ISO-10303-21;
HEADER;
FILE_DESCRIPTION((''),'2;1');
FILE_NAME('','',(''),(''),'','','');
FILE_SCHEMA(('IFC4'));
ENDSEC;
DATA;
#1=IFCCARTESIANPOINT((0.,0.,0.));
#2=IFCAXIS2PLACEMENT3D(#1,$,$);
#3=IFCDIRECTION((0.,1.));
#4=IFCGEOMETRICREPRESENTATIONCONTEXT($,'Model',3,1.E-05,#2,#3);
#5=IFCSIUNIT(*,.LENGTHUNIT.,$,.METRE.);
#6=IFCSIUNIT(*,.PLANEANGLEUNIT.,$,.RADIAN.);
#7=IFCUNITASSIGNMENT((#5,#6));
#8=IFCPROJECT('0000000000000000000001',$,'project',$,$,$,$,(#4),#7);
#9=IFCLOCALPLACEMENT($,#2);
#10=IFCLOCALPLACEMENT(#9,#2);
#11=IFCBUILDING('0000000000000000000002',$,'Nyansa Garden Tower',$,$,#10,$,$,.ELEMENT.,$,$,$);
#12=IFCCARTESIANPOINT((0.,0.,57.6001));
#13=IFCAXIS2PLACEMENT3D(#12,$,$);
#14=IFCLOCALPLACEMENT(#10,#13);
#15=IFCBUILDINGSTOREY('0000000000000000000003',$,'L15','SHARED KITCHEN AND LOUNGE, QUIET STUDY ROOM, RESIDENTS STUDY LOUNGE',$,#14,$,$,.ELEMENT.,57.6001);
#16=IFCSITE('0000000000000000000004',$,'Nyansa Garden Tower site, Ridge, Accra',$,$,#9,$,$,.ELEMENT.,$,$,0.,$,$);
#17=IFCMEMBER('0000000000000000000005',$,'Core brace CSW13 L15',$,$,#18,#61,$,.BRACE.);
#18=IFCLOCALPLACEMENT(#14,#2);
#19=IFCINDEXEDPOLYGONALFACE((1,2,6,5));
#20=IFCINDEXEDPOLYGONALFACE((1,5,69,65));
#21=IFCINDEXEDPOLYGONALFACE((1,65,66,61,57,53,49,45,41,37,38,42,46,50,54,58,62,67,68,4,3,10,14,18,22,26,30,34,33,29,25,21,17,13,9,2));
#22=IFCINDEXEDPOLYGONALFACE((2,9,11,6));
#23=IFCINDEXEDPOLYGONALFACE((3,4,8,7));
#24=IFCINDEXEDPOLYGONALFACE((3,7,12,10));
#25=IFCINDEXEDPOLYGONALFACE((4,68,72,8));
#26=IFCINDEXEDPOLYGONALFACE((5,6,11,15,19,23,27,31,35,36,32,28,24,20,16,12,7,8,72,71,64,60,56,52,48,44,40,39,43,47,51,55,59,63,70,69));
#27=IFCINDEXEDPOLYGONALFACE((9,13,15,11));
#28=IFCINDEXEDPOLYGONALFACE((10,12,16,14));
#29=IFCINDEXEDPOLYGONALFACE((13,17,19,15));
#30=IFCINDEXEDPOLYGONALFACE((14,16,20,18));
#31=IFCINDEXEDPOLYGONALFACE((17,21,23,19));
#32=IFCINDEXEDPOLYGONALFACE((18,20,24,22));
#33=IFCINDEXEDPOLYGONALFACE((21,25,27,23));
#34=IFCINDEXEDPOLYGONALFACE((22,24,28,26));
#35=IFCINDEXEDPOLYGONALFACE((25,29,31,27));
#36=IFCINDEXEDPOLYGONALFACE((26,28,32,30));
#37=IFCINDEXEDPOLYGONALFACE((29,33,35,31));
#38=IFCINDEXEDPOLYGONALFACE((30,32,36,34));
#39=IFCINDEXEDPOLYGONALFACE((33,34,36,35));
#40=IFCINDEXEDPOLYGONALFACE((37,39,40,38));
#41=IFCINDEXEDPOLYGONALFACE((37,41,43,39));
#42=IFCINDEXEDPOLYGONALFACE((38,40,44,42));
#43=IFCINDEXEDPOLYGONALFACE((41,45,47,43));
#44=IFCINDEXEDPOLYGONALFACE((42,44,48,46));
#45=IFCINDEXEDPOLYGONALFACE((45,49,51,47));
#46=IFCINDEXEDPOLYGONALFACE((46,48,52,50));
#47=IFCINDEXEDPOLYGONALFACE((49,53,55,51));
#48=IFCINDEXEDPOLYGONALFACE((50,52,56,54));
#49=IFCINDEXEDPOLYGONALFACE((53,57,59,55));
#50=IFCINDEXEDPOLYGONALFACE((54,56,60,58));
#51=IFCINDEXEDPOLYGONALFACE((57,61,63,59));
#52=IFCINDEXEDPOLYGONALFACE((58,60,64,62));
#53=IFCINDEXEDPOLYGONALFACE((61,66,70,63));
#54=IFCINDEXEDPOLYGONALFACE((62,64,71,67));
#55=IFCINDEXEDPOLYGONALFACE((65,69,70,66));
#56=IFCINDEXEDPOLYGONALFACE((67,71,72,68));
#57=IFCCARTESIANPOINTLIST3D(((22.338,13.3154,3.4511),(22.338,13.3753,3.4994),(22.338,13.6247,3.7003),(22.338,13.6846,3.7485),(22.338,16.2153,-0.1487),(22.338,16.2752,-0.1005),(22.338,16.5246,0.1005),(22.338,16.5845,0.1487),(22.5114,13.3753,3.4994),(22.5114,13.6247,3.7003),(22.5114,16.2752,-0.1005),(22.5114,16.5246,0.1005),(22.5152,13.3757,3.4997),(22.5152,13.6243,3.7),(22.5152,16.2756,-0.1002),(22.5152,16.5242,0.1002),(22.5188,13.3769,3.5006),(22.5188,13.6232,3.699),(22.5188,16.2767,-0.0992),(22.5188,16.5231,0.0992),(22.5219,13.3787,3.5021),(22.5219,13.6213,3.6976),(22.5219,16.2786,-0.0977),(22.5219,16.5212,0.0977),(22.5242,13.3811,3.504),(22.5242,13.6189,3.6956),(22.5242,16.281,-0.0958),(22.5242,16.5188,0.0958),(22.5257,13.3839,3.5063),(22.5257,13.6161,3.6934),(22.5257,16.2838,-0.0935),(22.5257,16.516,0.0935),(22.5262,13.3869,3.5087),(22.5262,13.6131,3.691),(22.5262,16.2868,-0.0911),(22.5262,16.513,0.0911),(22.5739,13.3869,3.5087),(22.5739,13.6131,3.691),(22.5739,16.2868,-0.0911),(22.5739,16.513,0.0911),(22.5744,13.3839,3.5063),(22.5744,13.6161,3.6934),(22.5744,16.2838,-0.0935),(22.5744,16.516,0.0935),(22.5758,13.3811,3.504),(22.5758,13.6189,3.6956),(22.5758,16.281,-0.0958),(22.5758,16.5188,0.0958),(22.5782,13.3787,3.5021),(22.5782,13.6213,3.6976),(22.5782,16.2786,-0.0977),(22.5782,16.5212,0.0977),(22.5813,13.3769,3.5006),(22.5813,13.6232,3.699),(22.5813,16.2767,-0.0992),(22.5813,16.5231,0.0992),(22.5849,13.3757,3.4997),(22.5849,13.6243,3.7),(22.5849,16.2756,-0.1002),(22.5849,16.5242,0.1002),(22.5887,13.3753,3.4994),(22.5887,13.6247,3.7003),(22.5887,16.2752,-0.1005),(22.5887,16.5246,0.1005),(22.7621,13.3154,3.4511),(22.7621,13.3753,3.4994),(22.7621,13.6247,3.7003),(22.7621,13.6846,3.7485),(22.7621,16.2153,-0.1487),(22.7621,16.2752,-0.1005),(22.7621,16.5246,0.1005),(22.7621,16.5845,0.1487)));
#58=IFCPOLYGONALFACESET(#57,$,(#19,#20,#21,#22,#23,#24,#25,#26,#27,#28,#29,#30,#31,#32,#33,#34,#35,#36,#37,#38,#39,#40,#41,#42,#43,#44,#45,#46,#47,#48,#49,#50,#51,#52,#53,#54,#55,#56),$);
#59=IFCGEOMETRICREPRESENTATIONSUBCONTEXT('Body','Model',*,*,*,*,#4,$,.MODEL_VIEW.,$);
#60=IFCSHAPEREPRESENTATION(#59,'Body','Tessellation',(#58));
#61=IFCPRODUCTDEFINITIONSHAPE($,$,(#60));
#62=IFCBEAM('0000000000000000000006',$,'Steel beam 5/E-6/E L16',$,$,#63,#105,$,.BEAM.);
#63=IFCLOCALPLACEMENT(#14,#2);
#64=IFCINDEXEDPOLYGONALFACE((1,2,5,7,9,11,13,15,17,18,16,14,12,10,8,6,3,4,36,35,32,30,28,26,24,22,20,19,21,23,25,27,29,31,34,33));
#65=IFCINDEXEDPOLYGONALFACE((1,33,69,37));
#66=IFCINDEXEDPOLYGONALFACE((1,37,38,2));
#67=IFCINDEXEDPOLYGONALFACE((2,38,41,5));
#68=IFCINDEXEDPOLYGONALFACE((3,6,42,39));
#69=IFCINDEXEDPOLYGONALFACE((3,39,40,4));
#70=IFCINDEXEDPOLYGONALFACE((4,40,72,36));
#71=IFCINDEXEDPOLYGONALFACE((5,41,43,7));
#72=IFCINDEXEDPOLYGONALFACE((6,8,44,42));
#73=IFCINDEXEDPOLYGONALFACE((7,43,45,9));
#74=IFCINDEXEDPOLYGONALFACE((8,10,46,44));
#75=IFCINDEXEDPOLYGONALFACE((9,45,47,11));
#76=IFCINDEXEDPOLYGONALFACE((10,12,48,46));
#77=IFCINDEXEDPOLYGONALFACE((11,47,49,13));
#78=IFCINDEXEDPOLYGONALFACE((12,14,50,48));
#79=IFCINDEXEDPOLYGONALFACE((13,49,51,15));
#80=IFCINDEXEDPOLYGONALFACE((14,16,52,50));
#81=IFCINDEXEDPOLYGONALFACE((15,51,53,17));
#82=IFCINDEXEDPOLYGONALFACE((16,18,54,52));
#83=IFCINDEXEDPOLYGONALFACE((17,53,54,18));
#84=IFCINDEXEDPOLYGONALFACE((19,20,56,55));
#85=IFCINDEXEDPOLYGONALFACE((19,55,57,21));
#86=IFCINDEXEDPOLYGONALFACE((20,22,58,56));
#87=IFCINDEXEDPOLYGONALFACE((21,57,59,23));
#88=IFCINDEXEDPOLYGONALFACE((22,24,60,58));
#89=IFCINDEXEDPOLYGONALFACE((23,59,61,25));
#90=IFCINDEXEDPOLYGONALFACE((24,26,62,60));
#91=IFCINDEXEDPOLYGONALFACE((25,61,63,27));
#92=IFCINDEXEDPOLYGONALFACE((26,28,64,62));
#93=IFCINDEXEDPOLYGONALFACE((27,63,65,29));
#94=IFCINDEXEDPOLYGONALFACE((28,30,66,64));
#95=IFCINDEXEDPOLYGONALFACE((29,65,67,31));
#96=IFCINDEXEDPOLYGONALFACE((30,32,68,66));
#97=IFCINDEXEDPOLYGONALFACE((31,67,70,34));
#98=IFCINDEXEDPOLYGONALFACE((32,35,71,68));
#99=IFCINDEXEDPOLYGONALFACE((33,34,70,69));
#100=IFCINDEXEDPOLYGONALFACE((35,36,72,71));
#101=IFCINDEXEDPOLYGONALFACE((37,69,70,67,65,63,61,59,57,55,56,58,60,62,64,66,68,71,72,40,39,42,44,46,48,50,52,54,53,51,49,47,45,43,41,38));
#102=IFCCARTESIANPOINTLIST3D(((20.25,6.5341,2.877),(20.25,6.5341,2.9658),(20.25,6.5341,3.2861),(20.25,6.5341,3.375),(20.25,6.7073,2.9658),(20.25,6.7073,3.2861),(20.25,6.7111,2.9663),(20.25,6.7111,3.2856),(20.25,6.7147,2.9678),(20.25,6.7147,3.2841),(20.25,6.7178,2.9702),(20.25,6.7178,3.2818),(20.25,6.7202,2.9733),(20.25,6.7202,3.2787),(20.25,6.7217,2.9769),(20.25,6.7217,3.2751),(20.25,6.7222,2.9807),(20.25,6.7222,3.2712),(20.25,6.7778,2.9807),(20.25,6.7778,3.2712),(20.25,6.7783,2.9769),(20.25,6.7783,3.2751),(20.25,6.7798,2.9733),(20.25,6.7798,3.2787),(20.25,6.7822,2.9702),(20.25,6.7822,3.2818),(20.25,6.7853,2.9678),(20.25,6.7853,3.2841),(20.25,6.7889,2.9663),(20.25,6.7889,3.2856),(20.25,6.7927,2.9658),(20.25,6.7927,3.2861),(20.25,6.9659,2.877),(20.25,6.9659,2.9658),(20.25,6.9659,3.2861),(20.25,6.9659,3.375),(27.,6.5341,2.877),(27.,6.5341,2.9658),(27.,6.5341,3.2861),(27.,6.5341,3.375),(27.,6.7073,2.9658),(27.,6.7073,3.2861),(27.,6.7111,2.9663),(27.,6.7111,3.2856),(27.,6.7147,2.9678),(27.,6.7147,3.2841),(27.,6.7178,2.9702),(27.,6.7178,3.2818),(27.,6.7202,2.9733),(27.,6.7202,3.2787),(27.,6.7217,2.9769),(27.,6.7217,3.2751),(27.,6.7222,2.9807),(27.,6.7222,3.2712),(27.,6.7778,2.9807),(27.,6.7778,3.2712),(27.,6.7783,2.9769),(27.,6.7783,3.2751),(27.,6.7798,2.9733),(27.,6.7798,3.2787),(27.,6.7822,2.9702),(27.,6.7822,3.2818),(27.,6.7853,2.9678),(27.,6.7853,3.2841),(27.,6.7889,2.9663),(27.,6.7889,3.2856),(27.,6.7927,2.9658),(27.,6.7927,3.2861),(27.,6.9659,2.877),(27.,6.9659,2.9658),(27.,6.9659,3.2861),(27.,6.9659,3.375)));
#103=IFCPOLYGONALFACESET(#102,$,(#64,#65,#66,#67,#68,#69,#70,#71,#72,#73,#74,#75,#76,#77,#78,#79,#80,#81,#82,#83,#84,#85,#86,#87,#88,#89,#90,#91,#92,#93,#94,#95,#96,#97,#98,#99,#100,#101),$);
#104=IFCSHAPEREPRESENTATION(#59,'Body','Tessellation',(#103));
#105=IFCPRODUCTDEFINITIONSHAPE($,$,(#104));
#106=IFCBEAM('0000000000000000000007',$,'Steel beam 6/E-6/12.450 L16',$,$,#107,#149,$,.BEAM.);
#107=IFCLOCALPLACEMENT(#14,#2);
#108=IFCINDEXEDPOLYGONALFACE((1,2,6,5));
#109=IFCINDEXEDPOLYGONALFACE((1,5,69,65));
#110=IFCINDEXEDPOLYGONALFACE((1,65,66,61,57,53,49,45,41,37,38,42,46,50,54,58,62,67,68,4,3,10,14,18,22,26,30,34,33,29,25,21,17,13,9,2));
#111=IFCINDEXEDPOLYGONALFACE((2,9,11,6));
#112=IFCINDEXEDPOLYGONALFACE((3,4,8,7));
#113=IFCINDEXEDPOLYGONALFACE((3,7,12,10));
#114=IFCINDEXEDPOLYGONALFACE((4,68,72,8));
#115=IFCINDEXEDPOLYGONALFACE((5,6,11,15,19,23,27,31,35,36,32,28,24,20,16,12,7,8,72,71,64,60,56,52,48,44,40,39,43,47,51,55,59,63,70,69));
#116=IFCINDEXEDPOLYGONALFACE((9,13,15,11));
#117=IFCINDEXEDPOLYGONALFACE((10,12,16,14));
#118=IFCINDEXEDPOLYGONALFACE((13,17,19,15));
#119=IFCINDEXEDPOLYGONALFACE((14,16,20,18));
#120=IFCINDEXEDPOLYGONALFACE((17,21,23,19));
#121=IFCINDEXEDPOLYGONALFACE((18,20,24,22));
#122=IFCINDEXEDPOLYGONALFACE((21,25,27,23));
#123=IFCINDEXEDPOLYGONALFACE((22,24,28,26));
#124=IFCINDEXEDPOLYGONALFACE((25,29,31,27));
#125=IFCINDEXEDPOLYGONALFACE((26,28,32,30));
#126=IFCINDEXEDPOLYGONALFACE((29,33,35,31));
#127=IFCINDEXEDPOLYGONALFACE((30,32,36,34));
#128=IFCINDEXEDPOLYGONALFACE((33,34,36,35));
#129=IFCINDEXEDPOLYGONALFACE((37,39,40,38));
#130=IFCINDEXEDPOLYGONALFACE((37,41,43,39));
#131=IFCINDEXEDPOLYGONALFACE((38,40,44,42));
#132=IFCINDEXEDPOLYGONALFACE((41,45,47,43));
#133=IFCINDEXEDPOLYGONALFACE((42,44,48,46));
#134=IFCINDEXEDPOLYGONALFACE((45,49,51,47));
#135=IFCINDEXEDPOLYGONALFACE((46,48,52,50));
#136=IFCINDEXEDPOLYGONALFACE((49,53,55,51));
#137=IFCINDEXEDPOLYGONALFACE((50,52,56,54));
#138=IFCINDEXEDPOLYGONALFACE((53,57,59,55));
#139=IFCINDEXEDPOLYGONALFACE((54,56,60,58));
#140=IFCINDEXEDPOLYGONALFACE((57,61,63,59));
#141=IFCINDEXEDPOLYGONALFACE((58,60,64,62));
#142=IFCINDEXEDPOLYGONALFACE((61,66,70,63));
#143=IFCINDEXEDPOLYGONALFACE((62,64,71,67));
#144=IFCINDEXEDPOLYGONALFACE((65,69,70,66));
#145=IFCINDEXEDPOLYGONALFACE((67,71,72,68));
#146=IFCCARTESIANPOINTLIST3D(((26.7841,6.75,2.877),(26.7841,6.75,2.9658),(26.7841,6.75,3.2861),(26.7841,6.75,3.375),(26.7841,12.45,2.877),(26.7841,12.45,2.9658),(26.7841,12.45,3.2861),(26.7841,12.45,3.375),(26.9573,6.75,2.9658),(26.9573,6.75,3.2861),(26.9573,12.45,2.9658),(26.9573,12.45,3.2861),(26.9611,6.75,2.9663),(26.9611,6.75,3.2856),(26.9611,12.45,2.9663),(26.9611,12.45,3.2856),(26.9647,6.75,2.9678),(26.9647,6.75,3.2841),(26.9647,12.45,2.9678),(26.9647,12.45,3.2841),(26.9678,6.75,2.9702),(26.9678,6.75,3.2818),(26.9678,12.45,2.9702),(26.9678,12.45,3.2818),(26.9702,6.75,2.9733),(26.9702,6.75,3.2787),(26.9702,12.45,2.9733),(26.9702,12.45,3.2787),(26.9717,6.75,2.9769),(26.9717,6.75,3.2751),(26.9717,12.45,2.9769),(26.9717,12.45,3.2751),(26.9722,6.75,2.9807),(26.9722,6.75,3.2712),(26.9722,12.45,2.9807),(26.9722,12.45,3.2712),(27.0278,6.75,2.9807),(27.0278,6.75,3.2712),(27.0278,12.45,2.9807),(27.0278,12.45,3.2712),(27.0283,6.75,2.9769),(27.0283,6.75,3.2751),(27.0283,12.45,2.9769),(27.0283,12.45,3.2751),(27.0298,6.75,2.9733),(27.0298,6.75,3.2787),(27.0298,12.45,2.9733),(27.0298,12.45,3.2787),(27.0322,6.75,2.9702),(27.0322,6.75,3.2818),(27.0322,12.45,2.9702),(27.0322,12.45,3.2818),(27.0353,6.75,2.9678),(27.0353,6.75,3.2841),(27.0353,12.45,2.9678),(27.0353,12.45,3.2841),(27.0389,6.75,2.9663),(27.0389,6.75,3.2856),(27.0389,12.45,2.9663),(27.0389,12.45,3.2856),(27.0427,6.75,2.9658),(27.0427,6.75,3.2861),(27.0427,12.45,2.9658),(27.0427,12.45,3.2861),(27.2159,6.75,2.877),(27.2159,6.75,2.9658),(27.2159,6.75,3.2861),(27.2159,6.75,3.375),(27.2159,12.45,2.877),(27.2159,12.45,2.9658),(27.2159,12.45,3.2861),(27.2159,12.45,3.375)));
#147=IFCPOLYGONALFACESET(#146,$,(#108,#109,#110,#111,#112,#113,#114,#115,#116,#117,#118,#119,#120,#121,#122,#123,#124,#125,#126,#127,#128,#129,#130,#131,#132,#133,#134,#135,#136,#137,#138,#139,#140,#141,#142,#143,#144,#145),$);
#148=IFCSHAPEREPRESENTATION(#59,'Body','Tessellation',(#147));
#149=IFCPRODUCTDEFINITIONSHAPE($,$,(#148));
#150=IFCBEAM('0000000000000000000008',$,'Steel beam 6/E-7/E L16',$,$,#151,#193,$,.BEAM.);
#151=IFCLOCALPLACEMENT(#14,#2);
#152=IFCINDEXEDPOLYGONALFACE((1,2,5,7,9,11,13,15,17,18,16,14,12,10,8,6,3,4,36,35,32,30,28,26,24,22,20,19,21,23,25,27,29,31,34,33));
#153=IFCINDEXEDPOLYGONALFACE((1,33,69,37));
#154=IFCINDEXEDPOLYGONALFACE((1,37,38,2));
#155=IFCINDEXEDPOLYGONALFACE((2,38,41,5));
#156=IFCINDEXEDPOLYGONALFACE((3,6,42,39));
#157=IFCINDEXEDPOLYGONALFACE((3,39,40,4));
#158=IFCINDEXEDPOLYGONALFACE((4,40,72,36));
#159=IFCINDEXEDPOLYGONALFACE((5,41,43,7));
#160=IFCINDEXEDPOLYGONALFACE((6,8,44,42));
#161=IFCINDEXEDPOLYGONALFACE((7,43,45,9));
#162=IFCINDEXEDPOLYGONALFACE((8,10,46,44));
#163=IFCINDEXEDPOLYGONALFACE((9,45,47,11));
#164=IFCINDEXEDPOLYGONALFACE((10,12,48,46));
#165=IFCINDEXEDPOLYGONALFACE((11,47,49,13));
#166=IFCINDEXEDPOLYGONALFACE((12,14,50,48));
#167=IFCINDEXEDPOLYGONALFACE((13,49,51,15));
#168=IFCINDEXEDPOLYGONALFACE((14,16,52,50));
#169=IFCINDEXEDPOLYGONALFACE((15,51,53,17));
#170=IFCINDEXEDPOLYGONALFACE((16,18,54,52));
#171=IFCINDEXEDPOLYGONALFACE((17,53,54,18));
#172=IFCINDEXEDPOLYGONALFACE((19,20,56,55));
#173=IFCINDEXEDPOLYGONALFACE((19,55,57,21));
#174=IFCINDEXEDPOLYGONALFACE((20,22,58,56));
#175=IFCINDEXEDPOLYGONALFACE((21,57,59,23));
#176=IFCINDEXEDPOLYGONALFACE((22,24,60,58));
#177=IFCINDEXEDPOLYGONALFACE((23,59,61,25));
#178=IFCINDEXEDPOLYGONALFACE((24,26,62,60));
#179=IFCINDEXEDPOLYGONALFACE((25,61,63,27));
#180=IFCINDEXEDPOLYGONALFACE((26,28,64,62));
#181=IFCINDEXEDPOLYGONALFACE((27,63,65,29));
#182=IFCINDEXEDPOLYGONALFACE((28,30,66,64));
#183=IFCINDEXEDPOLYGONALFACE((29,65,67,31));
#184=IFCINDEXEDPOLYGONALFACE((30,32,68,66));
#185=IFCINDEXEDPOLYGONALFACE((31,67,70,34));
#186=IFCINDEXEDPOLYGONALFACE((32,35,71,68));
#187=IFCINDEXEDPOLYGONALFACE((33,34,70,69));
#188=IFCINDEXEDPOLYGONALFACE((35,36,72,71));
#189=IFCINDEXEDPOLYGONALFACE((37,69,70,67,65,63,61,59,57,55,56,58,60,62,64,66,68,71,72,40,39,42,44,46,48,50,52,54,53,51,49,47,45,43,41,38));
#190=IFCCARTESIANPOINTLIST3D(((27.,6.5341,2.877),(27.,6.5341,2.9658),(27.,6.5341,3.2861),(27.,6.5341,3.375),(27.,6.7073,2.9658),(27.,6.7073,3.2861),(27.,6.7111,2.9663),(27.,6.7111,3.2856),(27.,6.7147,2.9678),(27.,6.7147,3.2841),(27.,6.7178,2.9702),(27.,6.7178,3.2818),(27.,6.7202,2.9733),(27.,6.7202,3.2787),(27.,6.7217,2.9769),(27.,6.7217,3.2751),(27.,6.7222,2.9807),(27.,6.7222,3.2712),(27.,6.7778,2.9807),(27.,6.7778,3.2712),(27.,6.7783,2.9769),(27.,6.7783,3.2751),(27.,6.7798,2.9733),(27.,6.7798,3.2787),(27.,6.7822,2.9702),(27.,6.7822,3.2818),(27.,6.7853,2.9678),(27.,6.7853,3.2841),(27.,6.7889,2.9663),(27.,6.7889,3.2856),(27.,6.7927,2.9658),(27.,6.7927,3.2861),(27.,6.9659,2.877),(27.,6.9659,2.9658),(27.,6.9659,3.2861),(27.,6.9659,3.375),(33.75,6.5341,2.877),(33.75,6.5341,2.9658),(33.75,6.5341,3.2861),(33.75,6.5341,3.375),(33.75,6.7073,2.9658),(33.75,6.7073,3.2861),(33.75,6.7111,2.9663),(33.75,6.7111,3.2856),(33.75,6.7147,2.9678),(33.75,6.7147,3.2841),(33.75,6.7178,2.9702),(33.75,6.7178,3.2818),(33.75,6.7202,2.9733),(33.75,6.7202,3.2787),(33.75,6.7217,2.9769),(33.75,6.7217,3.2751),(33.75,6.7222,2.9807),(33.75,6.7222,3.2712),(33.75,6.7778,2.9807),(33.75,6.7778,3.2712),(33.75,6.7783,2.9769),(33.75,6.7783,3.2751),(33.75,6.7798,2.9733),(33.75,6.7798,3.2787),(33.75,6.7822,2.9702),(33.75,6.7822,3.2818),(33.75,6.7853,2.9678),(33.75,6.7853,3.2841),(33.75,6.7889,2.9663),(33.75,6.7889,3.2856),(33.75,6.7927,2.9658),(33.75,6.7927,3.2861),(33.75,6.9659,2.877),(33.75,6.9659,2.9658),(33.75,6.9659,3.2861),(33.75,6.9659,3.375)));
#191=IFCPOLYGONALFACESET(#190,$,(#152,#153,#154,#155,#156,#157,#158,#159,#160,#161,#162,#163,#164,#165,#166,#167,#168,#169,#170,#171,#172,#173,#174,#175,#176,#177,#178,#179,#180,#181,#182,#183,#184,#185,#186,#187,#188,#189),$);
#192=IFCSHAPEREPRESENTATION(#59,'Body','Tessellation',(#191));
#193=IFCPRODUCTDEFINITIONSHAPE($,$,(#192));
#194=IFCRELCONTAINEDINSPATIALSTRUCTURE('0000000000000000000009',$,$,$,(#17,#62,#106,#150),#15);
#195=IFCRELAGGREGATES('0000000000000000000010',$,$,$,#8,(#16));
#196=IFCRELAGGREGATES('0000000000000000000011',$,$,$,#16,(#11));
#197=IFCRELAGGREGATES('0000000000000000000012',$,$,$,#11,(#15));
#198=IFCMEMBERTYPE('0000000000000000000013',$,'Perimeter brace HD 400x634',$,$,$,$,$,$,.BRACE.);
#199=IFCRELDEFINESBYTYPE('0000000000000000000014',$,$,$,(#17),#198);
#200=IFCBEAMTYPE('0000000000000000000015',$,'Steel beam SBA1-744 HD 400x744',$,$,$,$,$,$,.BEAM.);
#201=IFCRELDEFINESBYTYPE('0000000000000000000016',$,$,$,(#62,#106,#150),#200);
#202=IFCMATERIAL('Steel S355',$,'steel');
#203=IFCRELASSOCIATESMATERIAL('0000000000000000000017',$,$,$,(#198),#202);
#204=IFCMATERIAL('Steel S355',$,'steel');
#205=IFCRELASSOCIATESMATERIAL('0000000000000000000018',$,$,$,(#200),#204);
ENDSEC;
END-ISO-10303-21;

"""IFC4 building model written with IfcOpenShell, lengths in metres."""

from ifc_helpers import new_model, si_unit, direction, frame, origin, origin_2d, place, context, subcontext, project, spatial, i_section, extrude, material, material_profile, profile_set, type_object, element, save


model = new_model("IFC4")

# Units and contexts
model_context = context("Model", 3, precision=1e-05, world=origin(), true_north=direction((0.0, 1.0)))
body_context = subcontext(model_context, "Body", "Model", "MODEL_VIEW")
ifc_project = project(units=[si_unit("LENGTHUNIT", "METRE"), si_unit("PLANEANGLEUNIT", "RADIAN")], contexts=[model_context])

# Site, building, storey
site_placement = place(None, origin())
site = spatial("IfcSite", under=ifc_project, at=site_placement, Name="Nyansa Garden Tower site, Ridge, Accra", CompositionType="ELEMENT", RefElevation=0.0)
building_placement = place(site_placement, origin())
building = spatial("IfcBuilding", under=site, at=building_placement, Name="Nyansa Garden Tower", CompositionType="ELEMENT")
storey_placement = place(building_placement, frame((0.0, 0.0, 57.6001)))
storey = spatial("IfcBuildingStorey", under=building, at=storey_placement, Name="L15", Description="SHARED KITCHEN AND LOUNGE, QUIET STUDY ROOM, RESIDENTS STUDY LOUNGE", CompositionType="ELEMENT", Elevation=57.6001)

# Member
ifc_material_1 = material(Name="Steel S355", Category="steel")
ifc_material_profile_1 = material_profile(ifc_material_1, i_section(OverallWidth=0.4241, OverallDepth=0.4741, WebThickness=0.0476, FlangeThickness=0.0769, FilletRadius=0.0149, at=origin_2d()), Name="HD 400x634")
ifc_profile_set_1 = profile_set([ifc_material_profile_1], Name="Steel S355")
member_type = type_object("IfcMemberType", Name="Perimeter brace HD 400x634", PredefinedType="BRACE", material=ifc_profile_set_1)
member_1_placement = place(storey_placement, frame((22.55, 16.3999, 0.0), z_axis=(0.0, -0.627332, 0.778752), x_axis=(1.0, 0.0, 0.0)))
element("IfcMember", 1, at=member_1_placement, inside=storey, type_object=member_type, Name="Core brace CSW13 L15", PredefinedType="BRACE", context=body_context, shape_type="SweptSolid", body=[
    extrude(i_section(OverallWidth=0.4241, OverallDepth=0.4741, WebThickness=0.0476, FlangeThickness=0.0769, FilletRadius=0.0149, at=origin_2d()), origin(), (0.0, 0.0, 1.0), 4.6226),
])

# Beams
ifc_material_2 = material(Name="Steel S355", Category="steel")
ifc_material_profile_2 = material_profile(ifc_material_2, i_section(OverallWidth=0.4319, OverallDepth=0.498, WebThickness=0.0557, FlangeThickness=0.0889, FilletRadius=0.0149, at=origin_2d()), Name="HD 400x744")
ifc_profile_set_2 = profile_set([ifc_material_profile_2], Name="Steel S355")
beam_type_1 = type_object("IfcBeamType", Name="Steel beam SBA1-744 HD 400x744", PredefinedType="BEAM", material=ifc_profile_set_2)
beam_1_placement = place(storey_placement, frame((20.25, 6.75, 3.126), z_axis=(1.0, 0.0, 0.0), x_axis=(0.0, 1.0, 0.0)))
element("IfcBeam", 2, at=beam_1_placement, inside=storey, type_object=beam_type_1, Name="Steel beam 5/E-6/E L16", PredefinedType="BEAM", context=body_context, shape_type="SweptSolid", body=[
    extrude(i_section(OverallWidth=0.4319, OverallDepth=0.498, WebThickness=0.0557, FlangeThickness=0.0889, FilletRadius=0.0149, at=origin_2d()), origin(), (0.0, 0.0, 1.0), 6.75),
])
beam_2_placement = place(storey_placement, frame((27.0, 6.75, 3.126), z_axis=(0.0, 1.0, 0.0), x_axis=(-1.0, 0.0, 0.0)))
element("IfcBeam", 3, at=beam_2_placement, inside=storey, type_object=beam_type_1, Name="Steel beam 6/E-6/12.450 L16", PredefinedType="BEAM", context=body_context, shape_type="SweptSolid", body=[
    extrude(i_section(OverallWidth=0.4319, OverallDepth=0.498, WebThickness=0.0557, FlangeThickness=0.0889, FilletRadius=0.0149, at=origin_2d()), origin(), (0.0, 0.0, 1.0), 5.7),
])
beam_3_placement = place(storey_placement, frame((27.0, 6.75, 3.126), z_axis=(1.0, 0.0, 0.0), x_axis=(0.0, 1.0, 0.0)))
element("IfcBeam", 4, at=beam_3_placement, inside=storey, type_object=beam_type_1, Name="Steel beam 6/E-7/E L16", PredefinedType="BEAM", context=body_context, shape_type="SweptSolid", body=[
    extrude(i_section(OverallWidth=0.4319, OverallDepth=0.498, WebThickness=0.0557, FlangeThickness=0.0889, FilletRadius=0.0149, at=origin_2d()), origin(), (0.0, 0.0, 1.0), 6.75),
])

save(model, "model.ifc")
